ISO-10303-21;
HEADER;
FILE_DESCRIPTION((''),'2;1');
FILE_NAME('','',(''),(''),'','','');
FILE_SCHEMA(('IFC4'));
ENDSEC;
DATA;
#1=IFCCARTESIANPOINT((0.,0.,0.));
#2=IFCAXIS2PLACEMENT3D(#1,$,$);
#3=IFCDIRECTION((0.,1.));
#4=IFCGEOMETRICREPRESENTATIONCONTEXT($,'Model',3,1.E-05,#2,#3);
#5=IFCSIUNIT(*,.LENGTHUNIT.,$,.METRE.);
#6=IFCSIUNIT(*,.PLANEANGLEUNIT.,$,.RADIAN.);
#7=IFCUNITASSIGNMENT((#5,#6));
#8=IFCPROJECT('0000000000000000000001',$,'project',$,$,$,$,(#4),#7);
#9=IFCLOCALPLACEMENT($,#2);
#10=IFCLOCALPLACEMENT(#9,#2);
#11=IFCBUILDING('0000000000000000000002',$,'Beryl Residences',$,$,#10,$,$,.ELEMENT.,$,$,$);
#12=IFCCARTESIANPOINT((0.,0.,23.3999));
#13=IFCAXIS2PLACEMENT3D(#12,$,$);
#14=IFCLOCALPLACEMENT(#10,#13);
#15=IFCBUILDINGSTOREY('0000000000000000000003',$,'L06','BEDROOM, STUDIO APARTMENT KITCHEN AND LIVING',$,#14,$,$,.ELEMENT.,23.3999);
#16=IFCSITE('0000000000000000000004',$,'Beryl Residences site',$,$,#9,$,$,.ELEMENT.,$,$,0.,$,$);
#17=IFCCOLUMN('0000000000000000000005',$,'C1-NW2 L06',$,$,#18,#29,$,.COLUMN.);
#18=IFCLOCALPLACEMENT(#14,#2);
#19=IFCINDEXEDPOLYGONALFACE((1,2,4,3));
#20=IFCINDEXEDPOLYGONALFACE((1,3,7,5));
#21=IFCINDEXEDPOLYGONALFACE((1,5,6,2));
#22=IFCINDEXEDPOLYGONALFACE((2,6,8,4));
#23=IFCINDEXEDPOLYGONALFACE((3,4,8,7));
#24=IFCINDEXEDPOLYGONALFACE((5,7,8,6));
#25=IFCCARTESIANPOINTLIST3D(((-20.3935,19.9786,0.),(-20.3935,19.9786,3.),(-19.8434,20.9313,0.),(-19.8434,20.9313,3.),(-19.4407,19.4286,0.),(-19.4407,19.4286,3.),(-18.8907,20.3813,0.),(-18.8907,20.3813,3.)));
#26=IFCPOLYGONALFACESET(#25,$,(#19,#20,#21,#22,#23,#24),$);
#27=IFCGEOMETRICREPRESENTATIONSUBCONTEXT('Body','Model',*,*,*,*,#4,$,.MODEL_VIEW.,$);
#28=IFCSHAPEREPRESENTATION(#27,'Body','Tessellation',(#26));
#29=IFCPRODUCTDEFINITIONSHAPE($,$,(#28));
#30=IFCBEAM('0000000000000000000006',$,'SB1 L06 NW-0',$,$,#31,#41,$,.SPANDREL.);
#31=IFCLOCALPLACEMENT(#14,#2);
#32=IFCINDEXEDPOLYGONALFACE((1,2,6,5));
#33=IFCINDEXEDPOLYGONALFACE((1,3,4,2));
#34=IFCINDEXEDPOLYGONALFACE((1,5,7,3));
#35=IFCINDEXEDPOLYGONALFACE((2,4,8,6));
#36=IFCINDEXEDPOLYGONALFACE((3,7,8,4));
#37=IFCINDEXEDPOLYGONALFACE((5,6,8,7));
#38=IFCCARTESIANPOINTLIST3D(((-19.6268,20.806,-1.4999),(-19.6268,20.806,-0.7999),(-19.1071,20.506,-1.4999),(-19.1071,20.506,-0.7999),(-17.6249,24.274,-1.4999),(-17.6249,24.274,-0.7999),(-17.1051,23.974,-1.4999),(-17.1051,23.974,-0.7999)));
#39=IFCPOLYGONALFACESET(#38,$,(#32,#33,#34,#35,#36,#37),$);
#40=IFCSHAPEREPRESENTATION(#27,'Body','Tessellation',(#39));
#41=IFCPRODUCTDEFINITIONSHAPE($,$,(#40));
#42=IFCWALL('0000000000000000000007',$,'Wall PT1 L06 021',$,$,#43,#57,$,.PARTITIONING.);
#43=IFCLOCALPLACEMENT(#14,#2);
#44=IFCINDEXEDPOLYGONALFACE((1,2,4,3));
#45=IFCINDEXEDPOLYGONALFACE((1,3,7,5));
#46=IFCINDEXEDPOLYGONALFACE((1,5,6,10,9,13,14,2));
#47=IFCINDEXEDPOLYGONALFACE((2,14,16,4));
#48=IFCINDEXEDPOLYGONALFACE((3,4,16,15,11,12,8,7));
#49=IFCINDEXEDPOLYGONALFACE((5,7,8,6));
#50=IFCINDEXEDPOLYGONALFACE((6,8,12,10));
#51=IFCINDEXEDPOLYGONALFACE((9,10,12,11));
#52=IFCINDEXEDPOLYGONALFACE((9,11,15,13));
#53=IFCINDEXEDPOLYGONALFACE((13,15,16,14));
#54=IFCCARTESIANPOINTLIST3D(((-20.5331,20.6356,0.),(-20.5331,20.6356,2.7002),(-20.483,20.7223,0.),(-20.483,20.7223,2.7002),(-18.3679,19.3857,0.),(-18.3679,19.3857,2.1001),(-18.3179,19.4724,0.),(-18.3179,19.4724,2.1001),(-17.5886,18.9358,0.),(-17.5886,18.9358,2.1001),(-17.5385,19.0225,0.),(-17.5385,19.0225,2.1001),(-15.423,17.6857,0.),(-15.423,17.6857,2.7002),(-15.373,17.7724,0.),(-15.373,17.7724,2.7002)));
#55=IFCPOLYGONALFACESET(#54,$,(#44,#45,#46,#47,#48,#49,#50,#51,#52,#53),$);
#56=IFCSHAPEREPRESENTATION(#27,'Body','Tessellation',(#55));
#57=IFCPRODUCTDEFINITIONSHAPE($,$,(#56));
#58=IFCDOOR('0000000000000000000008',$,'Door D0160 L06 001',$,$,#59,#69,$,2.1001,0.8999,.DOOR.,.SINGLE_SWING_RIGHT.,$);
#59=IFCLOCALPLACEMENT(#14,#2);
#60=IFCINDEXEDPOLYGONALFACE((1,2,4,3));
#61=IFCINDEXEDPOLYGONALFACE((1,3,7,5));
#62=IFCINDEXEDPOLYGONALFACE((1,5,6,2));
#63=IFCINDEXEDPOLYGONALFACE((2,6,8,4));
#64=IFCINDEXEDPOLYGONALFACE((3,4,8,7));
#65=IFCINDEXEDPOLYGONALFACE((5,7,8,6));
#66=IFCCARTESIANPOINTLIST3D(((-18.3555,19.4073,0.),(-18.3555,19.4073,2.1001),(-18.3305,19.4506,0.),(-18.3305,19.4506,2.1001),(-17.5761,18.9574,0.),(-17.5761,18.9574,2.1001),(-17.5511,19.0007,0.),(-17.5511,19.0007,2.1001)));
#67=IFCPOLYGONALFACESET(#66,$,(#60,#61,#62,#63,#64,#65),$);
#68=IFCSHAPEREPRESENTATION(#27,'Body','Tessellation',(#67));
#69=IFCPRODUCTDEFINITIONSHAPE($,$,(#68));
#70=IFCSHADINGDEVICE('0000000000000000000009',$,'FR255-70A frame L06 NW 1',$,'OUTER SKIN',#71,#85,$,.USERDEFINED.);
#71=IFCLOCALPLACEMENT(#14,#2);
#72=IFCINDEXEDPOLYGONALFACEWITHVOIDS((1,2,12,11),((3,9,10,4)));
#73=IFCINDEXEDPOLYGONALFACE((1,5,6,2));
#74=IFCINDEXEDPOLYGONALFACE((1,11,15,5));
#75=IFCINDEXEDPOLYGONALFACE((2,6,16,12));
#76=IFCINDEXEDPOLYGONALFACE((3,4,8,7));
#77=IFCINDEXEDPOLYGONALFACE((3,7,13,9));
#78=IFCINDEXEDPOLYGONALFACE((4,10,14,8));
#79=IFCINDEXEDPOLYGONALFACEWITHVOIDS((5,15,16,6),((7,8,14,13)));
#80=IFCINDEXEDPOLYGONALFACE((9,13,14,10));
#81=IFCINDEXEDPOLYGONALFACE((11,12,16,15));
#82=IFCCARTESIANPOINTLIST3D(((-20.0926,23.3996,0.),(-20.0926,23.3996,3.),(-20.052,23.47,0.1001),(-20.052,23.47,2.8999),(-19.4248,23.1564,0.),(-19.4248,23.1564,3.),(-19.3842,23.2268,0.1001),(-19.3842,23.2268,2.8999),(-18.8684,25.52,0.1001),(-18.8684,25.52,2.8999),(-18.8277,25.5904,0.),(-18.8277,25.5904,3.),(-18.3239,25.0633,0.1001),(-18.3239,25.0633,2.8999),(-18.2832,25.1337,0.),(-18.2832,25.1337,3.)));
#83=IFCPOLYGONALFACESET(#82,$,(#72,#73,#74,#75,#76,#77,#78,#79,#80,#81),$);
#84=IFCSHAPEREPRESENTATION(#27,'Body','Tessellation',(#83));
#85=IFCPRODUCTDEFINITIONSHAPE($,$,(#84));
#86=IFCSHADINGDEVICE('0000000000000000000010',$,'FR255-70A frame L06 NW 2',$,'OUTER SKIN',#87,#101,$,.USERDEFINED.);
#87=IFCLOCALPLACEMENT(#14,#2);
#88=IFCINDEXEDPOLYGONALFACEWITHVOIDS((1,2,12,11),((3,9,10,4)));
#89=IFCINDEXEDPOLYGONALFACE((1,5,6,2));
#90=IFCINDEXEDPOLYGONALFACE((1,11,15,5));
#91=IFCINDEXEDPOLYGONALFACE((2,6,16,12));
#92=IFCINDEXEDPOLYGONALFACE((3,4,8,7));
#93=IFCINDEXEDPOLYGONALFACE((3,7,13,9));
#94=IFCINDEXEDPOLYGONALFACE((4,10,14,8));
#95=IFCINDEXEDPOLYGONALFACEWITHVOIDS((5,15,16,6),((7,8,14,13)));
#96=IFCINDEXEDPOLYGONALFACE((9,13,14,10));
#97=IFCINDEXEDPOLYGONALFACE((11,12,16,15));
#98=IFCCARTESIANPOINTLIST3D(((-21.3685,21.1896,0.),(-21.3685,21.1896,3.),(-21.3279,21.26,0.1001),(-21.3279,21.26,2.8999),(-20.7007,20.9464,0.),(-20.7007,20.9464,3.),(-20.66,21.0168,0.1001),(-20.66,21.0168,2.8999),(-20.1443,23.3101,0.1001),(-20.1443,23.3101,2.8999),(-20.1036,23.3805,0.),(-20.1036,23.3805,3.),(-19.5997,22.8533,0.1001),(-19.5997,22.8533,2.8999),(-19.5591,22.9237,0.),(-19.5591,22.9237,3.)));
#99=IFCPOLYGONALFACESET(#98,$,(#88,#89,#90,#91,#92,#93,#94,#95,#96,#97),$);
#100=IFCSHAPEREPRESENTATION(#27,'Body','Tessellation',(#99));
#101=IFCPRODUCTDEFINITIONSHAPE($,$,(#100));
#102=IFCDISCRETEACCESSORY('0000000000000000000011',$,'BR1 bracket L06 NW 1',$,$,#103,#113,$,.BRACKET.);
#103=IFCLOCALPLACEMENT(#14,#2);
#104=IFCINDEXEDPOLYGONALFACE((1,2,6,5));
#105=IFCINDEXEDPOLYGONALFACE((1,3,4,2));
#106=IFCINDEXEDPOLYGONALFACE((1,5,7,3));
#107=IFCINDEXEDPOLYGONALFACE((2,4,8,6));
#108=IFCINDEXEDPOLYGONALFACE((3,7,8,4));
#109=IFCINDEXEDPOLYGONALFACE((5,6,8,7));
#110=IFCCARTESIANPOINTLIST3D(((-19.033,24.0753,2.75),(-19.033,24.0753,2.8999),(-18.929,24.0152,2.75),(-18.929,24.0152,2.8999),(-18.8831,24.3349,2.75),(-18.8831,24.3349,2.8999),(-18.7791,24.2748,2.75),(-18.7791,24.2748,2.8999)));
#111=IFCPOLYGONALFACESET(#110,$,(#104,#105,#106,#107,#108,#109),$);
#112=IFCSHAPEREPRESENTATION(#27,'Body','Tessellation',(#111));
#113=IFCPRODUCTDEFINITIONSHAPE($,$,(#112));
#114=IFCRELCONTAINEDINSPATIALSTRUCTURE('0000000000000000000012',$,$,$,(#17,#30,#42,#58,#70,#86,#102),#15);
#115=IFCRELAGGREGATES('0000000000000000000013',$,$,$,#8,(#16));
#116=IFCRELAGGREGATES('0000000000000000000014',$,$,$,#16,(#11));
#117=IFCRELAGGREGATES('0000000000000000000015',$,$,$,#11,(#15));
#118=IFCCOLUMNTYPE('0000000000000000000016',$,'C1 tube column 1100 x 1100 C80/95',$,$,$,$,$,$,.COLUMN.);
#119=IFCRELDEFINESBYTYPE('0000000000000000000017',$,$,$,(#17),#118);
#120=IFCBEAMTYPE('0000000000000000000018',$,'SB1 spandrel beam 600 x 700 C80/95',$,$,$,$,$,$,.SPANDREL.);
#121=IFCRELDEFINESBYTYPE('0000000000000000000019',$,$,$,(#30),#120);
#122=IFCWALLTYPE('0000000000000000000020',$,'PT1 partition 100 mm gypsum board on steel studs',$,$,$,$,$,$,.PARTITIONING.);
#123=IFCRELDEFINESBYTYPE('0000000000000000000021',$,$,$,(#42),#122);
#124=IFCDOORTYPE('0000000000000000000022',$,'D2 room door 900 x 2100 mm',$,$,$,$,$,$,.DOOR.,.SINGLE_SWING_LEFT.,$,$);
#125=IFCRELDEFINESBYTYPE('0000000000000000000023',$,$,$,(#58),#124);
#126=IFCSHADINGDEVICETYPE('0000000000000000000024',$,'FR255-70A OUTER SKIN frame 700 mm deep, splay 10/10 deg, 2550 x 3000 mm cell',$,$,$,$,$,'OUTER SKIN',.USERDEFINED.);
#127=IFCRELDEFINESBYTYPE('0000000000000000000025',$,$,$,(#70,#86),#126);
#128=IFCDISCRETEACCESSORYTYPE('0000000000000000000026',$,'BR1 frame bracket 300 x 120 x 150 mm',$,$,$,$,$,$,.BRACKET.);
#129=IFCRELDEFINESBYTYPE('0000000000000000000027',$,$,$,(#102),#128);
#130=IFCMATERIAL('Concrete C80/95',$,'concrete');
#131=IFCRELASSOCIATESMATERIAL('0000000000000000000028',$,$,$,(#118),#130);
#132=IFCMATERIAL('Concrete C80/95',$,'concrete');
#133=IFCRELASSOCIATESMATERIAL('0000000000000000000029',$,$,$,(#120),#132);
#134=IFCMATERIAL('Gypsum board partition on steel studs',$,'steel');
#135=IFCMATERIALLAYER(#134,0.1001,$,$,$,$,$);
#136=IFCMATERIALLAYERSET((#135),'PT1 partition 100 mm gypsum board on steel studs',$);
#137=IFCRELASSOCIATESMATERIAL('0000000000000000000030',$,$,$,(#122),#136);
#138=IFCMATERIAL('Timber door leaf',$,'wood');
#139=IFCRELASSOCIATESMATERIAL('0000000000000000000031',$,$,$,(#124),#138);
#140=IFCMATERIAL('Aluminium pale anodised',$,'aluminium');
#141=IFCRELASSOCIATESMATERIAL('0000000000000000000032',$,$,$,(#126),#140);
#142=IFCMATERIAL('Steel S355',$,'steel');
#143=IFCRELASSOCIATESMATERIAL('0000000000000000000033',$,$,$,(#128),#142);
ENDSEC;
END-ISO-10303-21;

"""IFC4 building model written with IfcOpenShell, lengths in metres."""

from ifc_helpers import new_model, entity, si_unit, direction, frame, frame_2d, origin, origin_2d, place, context, subcontext, project, spatial, polyline, rectangle, outline, extrude, source, transform, mapped, material, layer, layer_set, material_profile, profile_set, type_object, type_shapes, element, fill, save


model = new_model("IFC4")

# Units and contexts
model_context = context("Model", 3, precision=1e-05, world=origin(), true_north=direction((0.0, 1.0)))
body_context = subcontext(model_context, "Body", "Model", "MODEL_VIEW")
ifc_project = project(units=[si_unit("LENGTHUNIT", "METRE"), si_unit("PLANEANGLEUNIT", "RADIAN")], contexts=[model_context])

# Site, building, storey
site_placement = place(None, origin())
site = spatial("IfcSite", under=ifc_project, at=site_placement, Name="Beryl Residences site", CompositionType="ELEMENT", RefElevation=0.0)
building_placement = place(site_placement, origin())
building = spatial("IfcBuilding", under=site, at=building_placement, Name="Beryl Residences", CompositionType="ELEMENT")
storey_placement = place(building_placement, frame((0.0, 0.0, 23.3999)))
storey = spatial("IfcBuildingStorey", under=building, at=storey_placement, Name="L06", Description="BEDROOM, STUDIO APARTMENT KITCHEN AND LIVING", CompositionType="ELEMENT", Elevation=23.3999)

# Column
ifc_material_1 = material(Name="Concrete C80/95", Category="concrete")
ifc_material_profile_1 = material_profile(ifc_material_1, rectangle(XDim=1.1001, YDim=1.1001, at=origin_2d()))
ifc_profile_set_1 = profile_set([ifc_material_profile_1], Name="Concrete C80/95")
column_type = type_object("IfcColumnType", Name="C1 tube column 1100 x 1100 C80/95", PredefinedType="COLUMN", material=ifc_profile_set_1)
column_placement = place(storey_placement, frame((-19.6421, 20.1799, 0.0), z_axis=(0.0, 0.0, 1.0), x_axis=(-0.499985, -0.866034, 0.0)))
element("IfcColumn", 1, at=column_placement, inside=storey, type_object=column_type, Name="C1-NW2 L06", PredefinedType="COLUMN", context=body_context, shape_type="SweptSolid", body=[
    extrude(rectangle(XDim=1.1001, YDim=1.1001, at=origin_2d()), origin(), (0.0, 0.0, 1.0), 3.0),
])

# Beam
ifc_material_2 = material(Name="Concrete C80/95", Category="concrete")
ifc_material_profile_2 = material_profile(ifc_material_2, rectangle(XDim=0.6001, YDim=0.7, at=origin_2d()))
ifc_profile_set_2 = profile_set([ifc_material_profile_2], Name="Concrete C80/95")
beam_type = type_object("IfcBeamType", Name="SB1 spandrel beam 600 x 700 C80/95", PredefinedType="SPANDREL", material=ifc_profile_set_2)
beam_placement = place(storey_placement, frame((-17.365, 24.124, -1.1499), z_axis=(-0.499942, -0.866059, 0.0), x_axis=(0.866059, -0.499942, 0.0)))
element("IfcBeam", 2, at=beam_placement, inside=storey, type_object=beam_type, Name="SB1 L06 NW-0", PredefinedType="SPANDREL", context=body_context, shape_type="SweptSolid", body=[
    extrude(rectangle(XDim=0.6001, YDim=0.7, at=origin_2d()), origin(), (0.0, 0.0, 1.0), 4.0044),
])

# Wall, opening, door
ifc_material_3 = material(Name="Gypsum board partition on steel studs", Category="steel")
ifc_layer = layer(ifc_material_3, 0.1001)
ifc_layer_set = layer_set([ifc_layer], Name="PT1 partition 100 mm gypsum board on steel studs")
wall_type = type_object("IfcWallType", Name="PT1 partition 100 mm gypsum board on steel studs", PredefinedType="PARTITIONING", material=ifc_layer_set)
wall_placement = place(storey_placement, frame((-20.5081, 20.679, 0.0), z_axis=(0.0, 0.0, 1.0), x_axis=(0.866053, -0.499953, 0.0)))
wall = element("IfcWall", 3, at=wall_placement, inside=storey, type_object=wall_type, Name="Wall PT1 L06 021", PredefinedType="PARTITIONING", context=body_context, shape_type="SweptSolid", body=[
    extrude(rectangle(XDim=5.9004, YDim=0.1001, at=frame_2d((2.9502, 0.0))), origin(), (0.0, 0.0, 1.0), 2.7002),
])
opening_placement = place(wall_placement, frame((2.5, 0.0, 0.0)))
opening = element("IfcOpeningElement", 4, at=opening_placement, cuts=wall, PredefinedType="OPENING", context=body_context, shape_type="SweptSolid", body=[
    extrude(rectangle(XDim=0.8999, YDim=2.1001, at=frame_2d((0.45, 1.05))), frame((0.0, 0.0601, 0.0), z_axis=(0.0, -1.0, 0.0), x_axis=(1.0, 0.0, 0.0)), (0.0, 0.0, 1.0), 0.1201),
])
ifc_material_4 = material(Name="Timber door leaf", Category="wood")
door_type = type_object("IfcDoorType", Name="D2 room door 900 x 2100 mm", OperationType="SINGLE_SWING_LEFT", PredefinedType="DOOR", material=ifc_material_4)
door_placement = place(opening_placement, origin())
door = element("IfcDoor", 5, at=door_placement, inside=storey, type_object=door_type, Name="Door D0160 L06 001", OperationType="SINGLE_SWING_RIGHT", OverallHeight=2.1001, OverallWidth=0.8999, PredefinedType="DOOR", context=body_context, shape_type="SweptSolid", body=[
    extrude(rectangle(XDim=0.8999, YDim=2.1001, at=frame_2d((0.45, 1.05))), frame((0.0, 0.0249, 0.0), z_axis=(0.0, -1.0, 0.0), x_axis=(1.0, 0.0, 0.0)), (0.0, 0.0, 1.0), 0.05),
])
fill(opening, door)

# Shading devices
ifc_material_5 = material(Name="Aluminium pale anodised", Category="aluminium")
shading_device_type = type_object("IfcShadingDeviceType", Name="FR255-70A OUTER SKIN frame 700 mm deep, splay 10/10 deg, 2550 x 3000 mm cell", ElementType="OUTER SKIN", PredefinedType="USERDEFINED", material=ifc_material_5)
cartesian_point_1 = entity("IfcCartesianPoint", [-1.1416, 0.0])
cartesian_point_2 = entity("IfcCartesianPoint", [-1.0603, 0.1001])
cartesian_point_3 = entity("IfcCartesianPoint", [-1.2649, 0.0])
cartesian_point_4 = entity("IfcCartesianPoint", [-1.1836, 0.1001])
shared_shape_1 = source(origin(), body_context, "Body", "SweptSolid", [
    entity("IfcExtrudedAreaSolidTapered", entity("IfcArbitraryProfileDefWithVoids", "AREA", None, entity("IfcPolyline", [cartesian_point_1, entity("IfcCartesianPoint", [1.1416, 0.0]), entity("IfcCartesianPoint", [1.1416, 3.0]), entity("IfcCartesianPoint", [-1.1416, 3.0]), cartesian_point_1]), [entity("IfcPolyline", [cartesian_point_2, entity("IfcCartesianPoint", [1.0603, 0.1001]), entity("IfcCartesianPoint", [1.0603, 2.8999]), entity("IfcCartesianPoint", [-1.0603, 2.8999]), cartesian_point_2])]), entity("IfcAxis2Placement3D", entity("IfcCartesianPoint", [0.0, 0.0, 0.0]), entity("IfcDirection", [0.0, 1.0, 0.0]), entity("IfcDirection", [-1.0, 0.0, 0.0])), entity("IfcDirection", [0.0, 0.0, 1.0]), 0.7, entity("IfcArbitraryProfileDefWithVoids", "AREA", None, entity("IfcPolyline", [cartesian_point_3, entity("IfcCartesianPoint", [1.2649, 0.0]), entity("IfcCartesianPoint", [1.2649, 3.0]), entity("IfcCartesianPoint", [-1.2649, 3.0]), cartesian_point_3]), [entity("IfcPolyline", [cartesian_point_4, entity("IfcCartesianPoint", [1.1836, 0.1001]), entity("IfcCartesianPoint", [1.1836, 2.8999]), entity("IfcCartesianPoint", [-1.1836, 2.8999]), cartesian_point_4])])),
])
type_shapes(shading_device_type, [shared_shape_1])
for number, where, z_axis, x_axis, name in (
    (6, (-18.854, 24.145, 0.0), (0.0, 0.0, 1.0), (0.5, 0.866025, 0.0), "FR255-70A frame L06 NW 1"),
    (7, (-20.1299, 21.9351, 0.0), (0.0, 0.0, 1.0), (0.5, 0.866025, 0.0), "FR255-70A frame L06 NW 2"),
):
    element("IfcShadingDevice", number, at=place(storey_placement, frame(where, z_axis=z_axis, x_axis=x_axis)), inside=storey, type_object=shading_device_type, Name=name, ObjectType="OUTER SKIN", PredefinedType="USERDEFINED", context=body_context, shape_type="MappedRepresentation", body=[
        mapped(shared_shape_1, transform((0.0, 0.0, 0.0))),
    ])

# Discrete accessory
ifc_material_6 = material(Name="Steel S355", Category="steel")
discrete_accessory_type = type_object("IfcDiscreteAccessoryType", Name="BR1 frame bracket 300 x 120 x 150 mm", PredefinedType="BRACKET", material=ifc_material_6)
shared_shape_2 = source(origin(), body_context, "Body", "SweptSolid", [
    extrude(outline(polyline([(-0.1499, 0.0), (0.1499, 0.0), (0.1499, 0.1201), (-0.1499, 0.1201), (-0.1499, 0.0)])), origin(), (0.0, 0.0, 1.0), 0.1499),
])
type_shapes(discrete_accessory_type, [shared_shape_2])
discrete_accessory_placement = place(storey_placement, frame((-18.854, 24.145, 2.75), z_axis=(0.0, 0.0, 1.0), x_axis=(0.5, 0.866025, 0.0)))
element("IfcDiscreteAccessory", 8, at=discrete_accessory_placement, inside=storey, type_object=discrete_accessory_type, Name="BR1 bracket L06 NW 1", PredefinedType="BRACKET", context=body_context, shape_type="MappedRepresentation", body=[
    mapped(shared_shape_2, transform((0.0, 0.0, 0.0))),
])

save(model, "model.ifc")
